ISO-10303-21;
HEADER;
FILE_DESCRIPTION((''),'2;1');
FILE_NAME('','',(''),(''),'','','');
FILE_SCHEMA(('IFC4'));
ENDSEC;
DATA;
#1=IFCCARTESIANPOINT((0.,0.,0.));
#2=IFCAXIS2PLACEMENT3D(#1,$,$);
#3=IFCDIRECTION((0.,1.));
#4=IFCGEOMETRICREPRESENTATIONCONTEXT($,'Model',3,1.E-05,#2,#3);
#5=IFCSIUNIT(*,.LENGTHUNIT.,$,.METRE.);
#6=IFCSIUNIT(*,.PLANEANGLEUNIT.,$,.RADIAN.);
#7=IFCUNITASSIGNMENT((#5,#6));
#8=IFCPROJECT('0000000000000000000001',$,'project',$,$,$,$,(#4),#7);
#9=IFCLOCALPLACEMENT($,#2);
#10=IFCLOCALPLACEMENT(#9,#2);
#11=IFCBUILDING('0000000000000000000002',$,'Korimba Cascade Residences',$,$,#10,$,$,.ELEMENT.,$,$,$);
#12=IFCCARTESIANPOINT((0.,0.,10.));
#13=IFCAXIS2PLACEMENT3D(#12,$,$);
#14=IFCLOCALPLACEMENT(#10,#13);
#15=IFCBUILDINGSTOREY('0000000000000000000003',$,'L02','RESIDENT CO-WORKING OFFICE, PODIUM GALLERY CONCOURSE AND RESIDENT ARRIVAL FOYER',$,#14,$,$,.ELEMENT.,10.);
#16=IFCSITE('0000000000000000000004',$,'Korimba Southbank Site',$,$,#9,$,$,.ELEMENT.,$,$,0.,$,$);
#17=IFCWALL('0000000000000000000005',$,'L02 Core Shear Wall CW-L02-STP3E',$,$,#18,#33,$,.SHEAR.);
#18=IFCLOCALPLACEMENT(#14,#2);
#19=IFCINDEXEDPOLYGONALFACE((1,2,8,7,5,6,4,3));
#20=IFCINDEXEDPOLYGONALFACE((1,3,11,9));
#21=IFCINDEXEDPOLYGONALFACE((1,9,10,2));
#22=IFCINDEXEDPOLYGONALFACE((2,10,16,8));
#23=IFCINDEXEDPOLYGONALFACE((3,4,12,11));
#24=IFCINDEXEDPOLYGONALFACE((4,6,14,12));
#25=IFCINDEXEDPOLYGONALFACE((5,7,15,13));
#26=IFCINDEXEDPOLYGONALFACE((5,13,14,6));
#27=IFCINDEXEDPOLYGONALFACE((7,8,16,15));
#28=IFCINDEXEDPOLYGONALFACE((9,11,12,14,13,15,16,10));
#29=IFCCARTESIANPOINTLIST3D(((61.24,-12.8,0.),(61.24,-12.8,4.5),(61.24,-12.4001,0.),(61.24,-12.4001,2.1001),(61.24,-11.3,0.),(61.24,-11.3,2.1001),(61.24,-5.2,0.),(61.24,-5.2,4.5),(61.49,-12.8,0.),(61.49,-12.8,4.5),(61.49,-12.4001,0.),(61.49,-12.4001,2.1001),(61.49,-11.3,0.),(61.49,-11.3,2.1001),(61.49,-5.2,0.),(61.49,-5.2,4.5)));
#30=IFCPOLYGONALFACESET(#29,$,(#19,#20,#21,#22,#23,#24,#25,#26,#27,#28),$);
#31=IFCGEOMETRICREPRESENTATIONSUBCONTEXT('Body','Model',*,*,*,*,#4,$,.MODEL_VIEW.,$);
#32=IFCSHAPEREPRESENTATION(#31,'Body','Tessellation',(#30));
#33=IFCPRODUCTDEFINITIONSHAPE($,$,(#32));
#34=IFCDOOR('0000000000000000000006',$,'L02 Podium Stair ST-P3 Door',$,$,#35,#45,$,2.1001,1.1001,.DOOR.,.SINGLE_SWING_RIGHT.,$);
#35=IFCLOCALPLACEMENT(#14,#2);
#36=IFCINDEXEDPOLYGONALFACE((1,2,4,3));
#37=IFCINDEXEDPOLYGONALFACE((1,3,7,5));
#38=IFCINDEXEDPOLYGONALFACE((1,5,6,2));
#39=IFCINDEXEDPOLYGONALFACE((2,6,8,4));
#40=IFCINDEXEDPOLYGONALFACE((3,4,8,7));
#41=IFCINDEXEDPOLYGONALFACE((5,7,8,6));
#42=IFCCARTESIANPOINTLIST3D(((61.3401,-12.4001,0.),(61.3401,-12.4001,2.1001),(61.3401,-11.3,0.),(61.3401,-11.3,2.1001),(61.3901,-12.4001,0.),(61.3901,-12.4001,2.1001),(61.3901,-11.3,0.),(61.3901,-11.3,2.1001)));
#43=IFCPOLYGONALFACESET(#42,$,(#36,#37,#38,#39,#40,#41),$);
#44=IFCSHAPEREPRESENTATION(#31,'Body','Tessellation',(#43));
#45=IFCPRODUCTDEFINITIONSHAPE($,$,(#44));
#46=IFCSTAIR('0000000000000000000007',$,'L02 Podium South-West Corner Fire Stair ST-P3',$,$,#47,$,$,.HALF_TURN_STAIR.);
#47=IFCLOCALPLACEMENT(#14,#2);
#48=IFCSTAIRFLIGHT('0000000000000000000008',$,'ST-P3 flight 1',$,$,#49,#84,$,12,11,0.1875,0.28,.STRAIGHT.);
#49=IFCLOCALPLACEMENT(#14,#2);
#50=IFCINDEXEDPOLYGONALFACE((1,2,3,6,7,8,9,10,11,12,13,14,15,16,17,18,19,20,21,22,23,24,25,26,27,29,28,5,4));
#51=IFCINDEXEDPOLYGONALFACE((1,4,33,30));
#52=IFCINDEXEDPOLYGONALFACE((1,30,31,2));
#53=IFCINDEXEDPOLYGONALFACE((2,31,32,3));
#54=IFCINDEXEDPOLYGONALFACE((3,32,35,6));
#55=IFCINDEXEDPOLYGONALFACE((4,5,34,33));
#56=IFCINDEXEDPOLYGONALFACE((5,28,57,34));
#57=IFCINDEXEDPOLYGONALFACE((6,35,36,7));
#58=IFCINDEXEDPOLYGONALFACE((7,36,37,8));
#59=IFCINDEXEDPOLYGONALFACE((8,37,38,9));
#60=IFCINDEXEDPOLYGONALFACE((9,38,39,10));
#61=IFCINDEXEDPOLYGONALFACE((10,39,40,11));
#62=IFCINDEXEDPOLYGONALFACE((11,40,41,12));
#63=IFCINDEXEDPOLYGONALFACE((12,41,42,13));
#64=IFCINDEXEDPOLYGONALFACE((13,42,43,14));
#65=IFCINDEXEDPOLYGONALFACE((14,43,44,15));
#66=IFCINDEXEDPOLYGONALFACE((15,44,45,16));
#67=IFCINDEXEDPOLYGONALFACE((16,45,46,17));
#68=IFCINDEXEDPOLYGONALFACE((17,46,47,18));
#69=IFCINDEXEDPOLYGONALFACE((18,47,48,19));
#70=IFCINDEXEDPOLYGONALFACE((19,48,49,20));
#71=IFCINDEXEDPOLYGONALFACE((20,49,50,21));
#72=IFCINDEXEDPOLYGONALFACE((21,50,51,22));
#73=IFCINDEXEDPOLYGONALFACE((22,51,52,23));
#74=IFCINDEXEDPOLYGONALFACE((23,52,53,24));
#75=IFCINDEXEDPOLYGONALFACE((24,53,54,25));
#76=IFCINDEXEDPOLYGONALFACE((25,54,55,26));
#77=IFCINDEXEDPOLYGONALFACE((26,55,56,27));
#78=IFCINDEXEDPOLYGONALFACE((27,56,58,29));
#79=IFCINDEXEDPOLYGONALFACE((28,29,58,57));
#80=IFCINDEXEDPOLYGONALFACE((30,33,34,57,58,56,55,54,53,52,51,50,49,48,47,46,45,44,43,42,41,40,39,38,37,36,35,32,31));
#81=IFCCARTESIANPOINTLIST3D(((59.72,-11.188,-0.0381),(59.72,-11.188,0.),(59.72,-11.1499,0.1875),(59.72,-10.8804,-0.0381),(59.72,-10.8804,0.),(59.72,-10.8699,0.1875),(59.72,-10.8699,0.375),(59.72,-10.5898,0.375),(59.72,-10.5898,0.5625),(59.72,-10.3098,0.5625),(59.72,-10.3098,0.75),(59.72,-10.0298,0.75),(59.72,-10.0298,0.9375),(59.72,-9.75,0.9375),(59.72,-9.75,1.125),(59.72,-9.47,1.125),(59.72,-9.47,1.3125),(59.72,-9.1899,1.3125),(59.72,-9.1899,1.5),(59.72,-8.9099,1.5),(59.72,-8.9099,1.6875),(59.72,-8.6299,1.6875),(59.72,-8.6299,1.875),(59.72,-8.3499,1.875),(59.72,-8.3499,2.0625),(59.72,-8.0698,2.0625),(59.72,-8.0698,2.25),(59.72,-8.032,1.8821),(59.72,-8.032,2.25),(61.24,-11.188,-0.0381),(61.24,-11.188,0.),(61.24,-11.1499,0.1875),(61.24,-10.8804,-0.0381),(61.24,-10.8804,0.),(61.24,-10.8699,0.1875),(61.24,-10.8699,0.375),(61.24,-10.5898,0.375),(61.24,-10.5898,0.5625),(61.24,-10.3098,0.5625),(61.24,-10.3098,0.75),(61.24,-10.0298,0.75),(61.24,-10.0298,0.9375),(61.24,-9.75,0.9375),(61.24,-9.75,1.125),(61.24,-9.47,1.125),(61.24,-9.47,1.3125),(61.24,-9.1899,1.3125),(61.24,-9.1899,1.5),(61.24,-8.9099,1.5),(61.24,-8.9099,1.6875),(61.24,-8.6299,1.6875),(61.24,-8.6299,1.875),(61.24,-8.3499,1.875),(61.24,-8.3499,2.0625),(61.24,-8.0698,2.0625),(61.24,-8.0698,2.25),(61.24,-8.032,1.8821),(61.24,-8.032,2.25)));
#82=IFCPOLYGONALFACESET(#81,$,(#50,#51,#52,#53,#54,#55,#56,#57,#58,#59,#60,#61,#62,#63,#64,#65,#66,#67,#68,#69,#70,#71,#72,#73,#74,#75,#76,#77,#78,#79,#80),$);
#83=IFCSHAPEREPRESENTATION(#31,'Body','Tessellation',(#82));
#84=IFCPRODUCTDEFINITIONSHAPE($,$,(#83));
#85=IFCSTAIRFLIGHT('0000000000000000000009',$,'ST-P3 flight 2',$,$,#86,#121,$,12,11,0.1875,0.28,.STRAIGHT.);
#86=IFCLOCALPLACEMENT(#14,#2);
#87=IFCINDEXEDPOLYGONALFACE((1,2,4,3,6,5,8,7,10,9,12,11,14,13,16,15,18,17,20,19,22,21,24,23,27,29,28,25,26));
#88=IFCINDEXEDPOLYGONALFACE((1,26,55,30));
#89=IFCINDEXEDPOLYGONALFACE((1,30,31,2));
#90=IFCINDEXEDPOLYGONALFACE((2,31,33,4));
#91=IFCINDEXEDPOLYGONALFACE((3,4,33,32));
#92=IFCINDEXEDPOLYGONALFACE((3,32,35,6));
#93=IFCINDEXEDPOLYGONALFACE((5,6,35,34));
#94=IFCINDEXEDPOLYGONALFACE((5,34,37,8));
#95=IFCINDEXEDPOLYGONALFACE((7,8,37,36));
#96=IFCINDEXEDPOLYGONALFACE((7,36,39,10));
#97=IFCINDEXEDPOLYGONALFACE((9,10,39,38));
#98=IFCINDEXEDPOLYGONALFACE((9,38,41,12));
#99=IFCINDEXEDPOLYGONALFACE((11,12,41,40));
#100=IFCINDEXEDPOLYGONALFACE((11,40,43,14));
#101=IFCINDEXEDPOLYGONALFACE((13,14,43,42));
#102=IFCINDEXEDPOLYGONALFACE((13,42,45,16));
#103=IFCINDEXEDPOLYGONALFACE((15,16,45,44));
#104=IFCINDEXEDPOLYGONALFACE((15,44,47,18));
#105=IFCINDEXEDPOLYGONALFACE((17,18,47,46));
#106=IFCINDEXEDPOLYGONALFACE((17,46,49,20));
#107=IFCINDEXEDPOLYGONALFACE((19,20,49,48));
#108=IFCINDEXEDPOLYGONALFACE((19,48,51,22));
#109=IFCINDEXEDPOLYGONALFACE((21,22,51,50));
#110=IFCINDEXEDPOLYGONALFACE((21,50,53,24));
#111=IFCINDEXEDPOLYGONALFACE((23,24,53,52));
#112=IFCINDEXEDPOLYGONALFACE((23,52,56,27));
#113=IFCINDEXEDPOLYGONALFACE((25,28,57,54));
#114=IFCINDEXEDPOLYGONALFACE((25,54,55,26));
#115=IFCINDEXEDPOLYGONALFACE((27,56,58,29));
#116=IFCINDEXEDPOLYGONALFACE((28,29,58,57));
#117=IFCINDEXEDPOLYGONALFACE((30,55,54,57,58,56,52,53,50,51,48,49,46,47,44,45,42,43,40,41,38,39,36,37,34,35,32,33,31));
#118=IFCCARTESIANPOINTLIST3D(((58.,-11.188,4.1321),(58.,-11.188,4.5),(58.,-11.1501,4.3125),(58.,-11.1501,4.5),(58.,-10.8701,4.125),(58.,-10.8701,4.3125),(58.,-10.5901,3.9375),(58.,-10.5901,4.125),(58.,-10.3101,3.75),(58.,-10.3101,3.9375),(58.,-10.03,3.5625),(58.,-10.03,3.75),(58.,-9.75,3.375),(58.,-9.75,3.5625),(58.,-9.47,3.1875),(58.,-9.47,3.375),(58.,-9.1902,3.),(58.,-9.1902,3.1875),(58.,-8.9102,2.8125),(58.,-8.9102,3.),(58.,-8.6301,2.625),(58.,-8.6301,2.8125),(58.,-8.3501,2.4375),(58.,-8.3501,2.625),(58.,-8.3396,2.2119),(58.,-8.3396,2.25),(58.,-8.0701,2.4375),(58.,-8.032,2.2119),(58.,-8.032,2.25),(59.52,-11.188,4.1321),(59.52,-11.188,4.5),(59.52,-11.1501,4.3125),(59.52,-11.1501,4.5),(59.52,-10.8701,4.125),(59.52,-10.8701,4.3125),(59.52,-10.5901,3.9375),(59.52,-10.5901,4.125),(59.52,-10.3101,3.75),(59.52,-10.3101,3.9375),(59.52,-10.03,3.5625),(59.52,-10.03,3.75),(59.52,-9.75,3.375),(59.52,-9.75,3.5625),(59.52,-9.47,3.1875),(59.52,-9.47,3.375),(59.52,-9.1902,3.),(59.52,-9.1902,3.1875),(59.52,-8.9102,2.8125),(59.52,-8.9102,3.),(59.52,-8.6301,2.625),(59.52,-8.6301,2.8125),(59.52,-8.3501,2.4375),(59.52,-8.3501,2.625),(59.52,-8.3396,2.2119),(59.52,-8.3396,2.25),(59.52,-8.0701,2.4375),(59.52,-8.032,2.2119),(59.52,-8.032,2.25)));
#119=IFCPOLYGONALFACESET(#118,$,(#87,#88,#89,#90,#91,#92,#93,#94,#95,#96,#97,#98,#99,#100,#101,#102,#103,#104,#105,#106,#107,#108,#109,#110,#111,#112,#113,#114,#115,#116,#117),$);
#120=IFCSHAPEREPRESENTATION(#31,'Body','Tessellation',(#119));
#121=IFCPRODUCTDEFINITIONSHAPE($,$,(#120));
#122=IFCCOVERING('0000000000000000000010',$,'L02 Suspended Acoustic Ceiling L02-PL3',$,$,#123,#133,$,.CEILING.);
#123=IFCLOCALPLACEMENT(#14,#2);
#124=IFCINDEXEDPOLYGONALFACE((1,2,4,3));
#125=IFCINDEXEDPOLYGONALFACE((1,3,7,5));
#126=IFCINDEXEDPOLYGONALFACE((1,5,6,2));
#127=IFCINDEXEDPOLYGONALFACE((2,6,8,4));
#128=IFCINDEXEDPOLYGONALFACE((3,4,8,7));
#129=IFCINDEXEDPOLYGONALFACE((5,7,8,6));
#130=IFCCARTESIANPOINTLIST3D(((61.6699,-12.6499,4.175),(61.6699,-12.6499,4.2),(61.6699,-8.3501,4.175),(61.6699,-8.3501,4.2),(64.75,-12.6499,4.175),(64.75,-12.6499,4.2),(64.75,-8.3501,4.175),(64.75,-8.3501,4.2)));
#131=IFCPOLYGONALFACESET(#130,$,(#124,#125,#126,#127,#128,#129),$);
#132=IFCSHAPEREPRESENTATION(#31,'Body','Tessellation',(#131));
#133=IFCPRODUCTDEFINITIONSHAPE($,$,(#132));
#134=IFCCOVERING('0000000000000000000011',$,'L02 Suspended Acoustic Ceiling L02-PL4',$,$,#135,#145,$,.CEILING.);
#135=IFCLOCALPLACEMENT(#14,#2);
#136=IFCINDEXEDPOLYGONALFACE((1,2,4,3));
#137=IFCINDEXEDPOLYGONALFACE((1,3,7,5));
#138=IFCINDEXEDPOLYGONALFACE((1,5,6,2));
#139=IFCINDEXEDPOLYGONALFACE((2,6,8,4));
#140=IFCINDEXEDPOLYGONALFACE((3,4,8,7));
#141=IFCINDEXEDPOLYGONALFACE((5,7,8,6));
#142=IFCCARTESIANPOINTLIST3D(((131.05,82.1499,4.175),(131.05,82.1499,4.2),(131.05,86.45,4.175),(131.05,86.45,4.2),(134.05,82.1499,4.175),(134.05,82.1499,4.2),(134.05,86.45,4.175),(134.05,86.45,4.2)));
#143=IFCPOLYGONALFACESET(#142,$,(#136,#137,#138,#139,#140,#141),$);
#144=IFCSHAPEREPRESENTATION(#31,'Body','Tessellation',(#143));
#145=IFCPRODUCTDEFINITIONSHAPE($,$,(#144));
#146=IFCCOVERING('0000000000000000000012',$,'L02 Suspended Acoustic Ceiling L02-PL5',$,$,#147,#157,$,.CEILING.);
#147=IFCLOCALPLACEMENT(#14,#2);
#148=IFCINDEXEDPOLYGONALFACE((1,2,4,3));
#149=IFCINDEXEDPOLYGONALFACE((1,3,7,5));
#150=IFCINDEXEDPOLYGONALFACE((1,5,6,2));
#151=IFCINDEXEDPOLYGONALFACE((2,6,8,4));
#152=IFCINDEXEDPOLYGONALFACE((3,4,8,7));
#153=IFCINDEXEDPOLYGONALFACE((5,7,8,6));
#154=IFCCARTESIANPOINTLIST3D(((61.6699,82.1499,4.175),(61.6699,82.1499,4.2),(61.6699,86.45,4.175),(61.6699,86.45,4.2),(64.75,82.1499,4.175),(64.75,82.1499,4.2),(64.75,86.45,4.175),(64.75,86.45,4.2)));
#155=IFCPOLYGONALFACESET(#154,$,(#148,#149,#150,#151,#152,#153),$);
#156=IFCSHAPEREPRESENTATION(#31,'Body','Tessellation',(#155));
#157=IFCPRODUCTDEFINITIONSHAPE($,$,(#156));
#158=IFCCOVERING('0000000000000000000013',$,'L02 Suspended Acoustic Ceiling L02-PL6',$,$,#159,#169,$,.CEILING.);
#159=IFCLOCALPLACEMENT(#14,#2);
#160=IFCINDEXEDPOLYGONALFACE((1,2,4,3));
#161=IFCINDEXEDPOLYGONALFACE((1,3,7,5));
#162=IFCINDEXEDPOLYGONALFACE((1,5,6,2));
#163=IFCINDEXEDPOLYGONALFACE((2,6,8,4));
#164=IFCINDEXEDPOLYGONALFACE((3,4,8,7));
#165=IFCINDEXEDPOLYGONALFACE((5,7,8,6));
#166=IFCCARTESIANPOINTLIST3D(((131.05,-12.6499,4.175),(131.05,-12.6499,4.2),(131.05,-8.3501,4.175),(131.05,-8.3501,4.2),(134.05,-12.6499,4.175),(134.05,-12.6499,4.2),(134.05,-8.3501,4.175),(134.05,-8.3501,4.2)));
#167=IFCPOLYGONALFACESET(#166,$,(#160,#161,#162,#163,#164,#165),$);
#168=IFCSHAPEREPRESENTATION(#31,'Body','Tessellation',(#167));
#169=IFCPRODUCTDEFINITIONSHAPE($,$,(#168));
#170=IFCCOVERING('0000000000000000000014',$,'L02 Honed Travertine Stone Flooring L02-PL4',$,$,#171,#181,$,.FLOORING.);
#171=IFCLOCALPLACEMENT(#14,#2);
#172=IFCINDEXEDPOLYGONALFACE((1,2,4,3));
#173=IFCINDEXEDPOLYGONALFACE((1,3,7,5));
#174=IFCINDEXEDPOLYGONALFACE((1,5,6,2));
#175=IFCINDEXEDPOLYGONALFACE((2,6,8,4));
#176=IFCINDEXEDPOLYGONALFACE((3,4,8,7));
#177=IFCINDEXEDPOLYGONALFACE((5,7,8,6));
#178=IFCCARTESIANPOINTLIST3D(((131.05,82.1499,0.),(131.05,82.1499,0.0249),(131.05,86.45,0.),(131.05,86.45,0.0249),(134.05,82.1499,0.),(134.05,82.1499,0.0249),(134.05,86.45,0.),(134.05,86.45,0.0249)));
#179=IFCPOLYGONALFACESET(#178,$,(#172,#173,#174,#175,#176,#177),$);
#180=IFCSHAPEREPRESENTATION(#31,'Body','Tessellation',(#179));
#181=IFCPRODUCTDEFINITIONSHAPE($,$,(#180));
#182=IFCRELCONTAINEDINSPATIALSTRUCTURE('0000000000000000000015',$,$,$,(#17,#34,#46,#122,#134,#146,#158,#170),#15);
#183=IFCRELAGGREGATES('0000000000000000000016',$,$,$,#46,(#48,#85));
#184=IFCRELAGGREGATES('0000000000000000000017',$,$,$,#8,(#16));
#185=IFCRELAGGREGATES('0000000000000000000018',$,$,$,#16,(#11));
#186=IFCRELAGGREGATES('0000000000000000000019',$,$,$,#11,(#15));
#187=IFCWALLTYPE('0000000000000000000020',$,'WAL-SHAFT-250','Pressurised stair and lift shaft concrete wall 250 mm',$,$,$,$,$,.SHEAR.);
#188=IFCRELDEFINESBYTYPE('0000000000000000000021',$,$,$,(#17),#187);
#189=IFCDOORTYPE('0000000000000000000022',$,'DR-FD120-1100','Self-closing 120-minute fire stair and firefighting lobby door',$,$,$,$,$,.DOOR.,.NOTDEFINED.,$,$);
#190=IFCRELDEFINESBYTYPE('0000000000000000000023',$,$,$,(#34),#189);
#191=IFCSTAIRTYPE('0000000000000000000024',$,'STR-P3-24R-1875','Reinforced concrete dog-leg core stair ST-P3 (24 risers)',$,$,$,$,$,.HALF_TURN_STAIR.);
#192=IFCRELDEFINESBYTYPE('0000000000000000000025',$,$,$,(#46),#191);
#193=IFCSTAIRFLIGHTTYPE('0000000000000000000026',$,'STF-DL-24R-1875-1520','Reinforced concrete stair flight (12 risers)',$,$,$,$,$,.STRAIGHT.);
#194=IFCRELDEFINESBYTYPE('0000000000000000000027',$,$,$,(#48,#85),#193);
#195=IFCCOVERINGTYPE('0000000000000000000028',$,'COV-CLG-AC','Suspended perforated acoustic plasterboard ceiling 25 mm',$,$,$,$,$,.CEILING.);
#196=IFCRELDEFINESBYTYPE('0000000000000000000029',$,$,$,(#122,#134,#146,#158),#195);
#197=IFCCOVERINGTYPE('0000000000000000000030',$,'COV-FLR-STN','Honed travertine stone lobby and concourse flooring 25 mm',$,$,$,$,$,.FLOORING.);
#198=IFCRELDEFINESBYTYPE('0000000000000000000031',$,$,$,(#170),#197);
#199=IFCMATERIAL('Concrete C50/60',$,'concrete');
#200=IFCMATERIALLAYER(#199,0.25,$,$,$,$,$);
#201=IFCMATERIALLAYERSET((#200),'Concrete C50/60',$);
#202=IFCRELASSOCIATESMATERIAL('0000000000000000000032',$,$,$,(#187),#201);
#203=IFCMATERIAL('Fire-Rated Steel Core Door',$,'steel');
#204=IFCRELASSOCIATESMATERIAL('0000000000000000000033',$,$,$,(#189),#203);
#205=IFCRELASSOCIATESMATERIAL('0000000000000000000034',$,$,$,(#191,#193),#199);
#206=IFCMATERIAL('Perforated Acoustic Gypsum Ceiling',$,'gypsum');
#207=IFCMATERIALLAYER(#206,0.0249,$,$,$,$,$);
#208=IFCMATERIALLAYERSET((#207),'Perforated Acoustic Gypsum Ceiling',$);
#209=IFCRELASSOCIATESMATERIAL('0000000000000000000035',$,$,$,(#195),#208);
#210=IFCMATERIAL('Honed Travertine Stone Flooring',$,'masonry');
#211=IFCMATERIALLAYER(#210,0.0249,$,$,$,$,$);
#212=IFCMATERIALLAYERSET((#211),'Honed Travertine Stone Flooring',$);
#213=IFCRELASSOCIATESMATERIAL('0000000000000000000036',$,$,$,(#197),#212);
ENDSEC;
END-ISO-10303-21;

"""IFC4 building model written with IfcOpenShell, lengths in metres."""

from ifc_helpers import new_model, si_unit, direction, frame, frame_2d, origin, place, context, subcontext, project, spatial, polyline, rectangle, outline, extrude, material, layer, layer_set, type_object, element, fill, aggregate, save


model = new_model("IFC4")

# Units and contexts
model_context = context("Model", 3, precision=1e-05, world=origin(), true_north=direction((0.0, 1.0)))
body_context = subcontext(model_context, "Body", "Model", "MODEL_VIEW")
ifc_project = project(units=[si_unit("LENGTHUNIT", "METRE"), si_unit("PLANEANGLEUNIT", "RADIAN")], contexts=[model_context])

# Site, building, storey
site_placement = place(None, origin())
site = spatial("IfcSite", under=ifc_project, at=site_placement, Name="Korimba Southbank Site", CompositionType="ELEMENT", RefElevation=0.0)
building_placement = place(site_placement, origin())
building = spatial("IfcBuilding", under=site, at=building_placement, Name="Korimba Cascade Residences", CompositionType="ELEMENT")
storey_placement = place(building_placement, frame((0.0, 0.0, 10.0)))
storey = spatial("IfcBuildingStorey", under=building, at=storey_placement, Name="L02", Description="RESIDENT CO-WORKING OFFICE, PODIUM GALLERY CONCOURSE AND RESIDENT ARRIVAL FOYER", CompositionType="ELEMENT", Elevation=10.0)

# Shared definitions
ifc_material_1 = material(Name="Concrete C50/60", Category="concrete")
ifc_layer_1 = layer(ifc_material_1, 0.25)
ifc_layer_set_1 = layer_set([ifc_layer_1], Name="Concrete C50/60")
wall_type_1 = type_object("IfcWallType", Name="WAL-SHAFT-250", Description="Pressurised stair and lift shaft concrete wall 250 mm", PredefinedType="SHEAR", material=ifc_layer_set_1)

# Wall, opening, door
wall_1_placement = place(storey_placement, frame((61.365, -12.8, 0.0), z_axis=(0.0, 0.0, 1.0), x_axis=(0.0, 1.0, 0.0)))
wall_1 = element("IfcWall", 1, at=wall_1_placement, inside=storey, type_object=wall_type_1, Name="L02 Core Shear Wall CW-L02-STP3E", PredefinedType="SHEAR", context=body_context, shape_type="SweptSolid", body=[
    extrude(rectangle(XDim=7.6001, YDim=0.25, at=frame_2d((3.8, 0.0))), origin(), (0.0, 0.0, 1.0), 4.5),
])
opening_1_placement = place(wall_1_placement, frame((0.3999, 0.0, 0.0)))
opening_1 = element("IfcOpeningElement", 2, at=opening_1_placement, cuts=wall_1, PredefinedType="OPENING", context=body_context, shape_type="SweptSolid", body=[
    extrude(rectangle(XDim=1.1001, YDim=2.1001, at=frame_2d((0.55, 1.05))), frame((0.0, 0.135, 0.0), z_axis=(0.0, -1.0, 0.0), x_axis=(1.0, 0.0, 0.0)), (0.0, 0.0, 1.0), 0.27),
])
ifc_material_2 = material(Name="Fire-Rated Steel Core Door", Category="steel")
door_type_1 = type_object("IfcDoorType", Name="DR-FD120-1100", Description="Self-closing 120-minute fire stair and firefighting lobby door", OperationType="NOTDEFINED", PredefinedType="DOOR", material=ifc_material_2)
door_1_placement = place(opening_1_placement, origin())
door_1 = element("IfcDoor", 3, at=door_1_placement, inside=storey, type_object=door_type_1, Name="L02 Podium Stair ST-P3 Door", OperationType="SINGLE_SWING_RIGHT", OverallHeight=2.1001, OverallWidth=1.1001, PredefinedType="DOOR", context=body_context, shape_type="SweptSolid", body=[
    extrude(rectangle(XDim=1.1001, YDim=2.1001, at=frame_2d((0.55, 1.05))), frame((0.0, 0.0249, 0.0), z_axis=(0.0, -1.0, 0.0), x_axis=(1.0, 0.0, 0.0)), (0.0, 0.0, 1.0), 0.05),
])
fill(opening_1, door_1)

# Stair, stair flights
stair_type = type_object("IfcStairType", Name="STR-P3-24R-1875", Description="Reinforced concrete dog-leg core stair ST-P3 (24 risers)", PredefinedType="HALF_TURN_STAIR", material=ifc_material_1)
stair_placement = place(storey_placement, origin())
stair = element("IfcStair", 4, at=stair_placement, inside=storey, type_object=stair_type, Name="L02 Podium South-West Corner Fire Stair ST-P3", PredefinedType="HALF_TURN_STAIR")
stair_flight_type = type_object("IfcStairFlightType", Name="STF-DL-24R-1875-1520", Description="Reinforced concrete stair flight (12 risers)", PredefinedType="STRAIGHT", material=ifc_material_1)
stair_flight_1_placement = place(storey_placement, frame((60.48, -11.1499, 0.0), z_axis=(0.0, 0.0, 1.0), x_axis=(0.0, 1.0, 0.0)))
stair_flight_1 = element("IfcStairFlight", 5, at=stair_flight_1_placement, type_object=stair_flight_type, Name="ST-P3 flight 1", NumberOfRisers=12, NumberOfTreads=11, PredefinedType="STRAIGHT", RiserHeight=0.1875, TreadLength=0.28, context=body_context, shape_type="SweptSolid", body=[
    extrude(outline(polyline([(-0.0381, 0.0), (0.0, 0.1875), (0.28, 0.1875), (0.28, 0.375), (0.5601, 0.375), (0.5601, 0.5625), (0.8401, 0.5625), (0.8401, 0.75), (1.1201, 0.75), (1.1201, 0.9375), (1.3999, 0.9375), (1.3999, 1.125), (1.6799, 1.125), (1.6799, 1.3125), (1.96, 1.3125), (1.96, 1.5), (2.24, 1.5), (2.24, 1.6875), (2.52, 1.6875), (2.52, 1.875), (2.8, 1.875), (2.8, 2.0625), (3.0801, 2.0625), (3.0801, 2.25), (3.1179, 2.25), (3.1179, 1.8821), (0.2695, 0.0), (0.2695, -0.0381), (-0.0381, -0.0381), (-0.0381, 0.0)])), frame((0.0, 0.76, 0.0), z_axis=(0.0, -1.0, 0.0), x_axis=(1.0, 0.0, 0.0)), (0.0, 0.0, 1.0), 1.52),
])
stair_flight_2_placement = place(storey_placement, frame((58.76, -8.0701, 2.25), z_axis=(0.0, 0.0, 1.0), x_axis=(0.0, -1.0, 0.0)))
stair_flight_2 = element("IfcStairFlight", 6, at=stair_flight_2_placement, type_object=stair_flight_type, Name="ST-P3 flight 2", NumberOfRisers=12, NumberOfTreads=11, PredefinedType="STRAIGHT", RiserHeight=0.1875, TreadLength=0.28, context=body_context, shape_type="SweptSolid", body=[
    extrude(outline(polyline([(-0.0381, 0.0), (0.0, 0.1875), (0.28, 0.1875), (0.28, 0.375), (0.5601, 0.375), (0.5601, 0.5625), (0.8401, 0.5625), (0.8401, 0.75), (1.1201, 0.75), (1.1201, 0.9375), (1.3999, 0.9375), (1.3999, 1.125), (1.6799, 1.125), (1.6799, 1.3125), (1.96, 1.3125), (1.96, 1.5), (2.24, 1.5), (2.24, 1.6875), (2.52, 1.6875), (2.52, 1.875), (2.8, 1.875), (2.8, 2.0625), (3.0801, 2.0625), (3.0801, 2.25), (3.1179, 2.25), (3.1179, 1.8821), (0.2695, 0.0), (0.2695, -0.0381), (-0.0381, -0.0381), (-0.0381, 0.0)])), frame((0.0, 0.76, 0.0), z_axis=(0.0, -1.0, 0.0), x_axis=(1.0, 0.0, 0.0)), (0.0, 0.0, 1.0), 1.52),
])
aggregate(stair, [stair_flight_1, stair_flight_2])

# Coverings
ifc_material_3 = material(Name="Perforated Acoustic Gypsum Ceiling", Category="gypsum")
ifc_layer_2 = layer(ifc_material_3, 0.0249)
ifc_layer_set_2 = layer_set([ifc_layer_2], Name="Perforated Acoustic Gypsum Ceiling")
covering_type_1 = type_object("IfcCoveringType", Name="COV-CLG-AC", Description="Suspended perforated acoustic plasterboard ceiling 25 mm", PredefinedType="CEILING", material=ifc_layer_set_2)
covering_1_placement = place(storey_placement, frame((0.0, 0.0, 4.175)))
element("IfcCovering", 7, at=covering_1_placement, inside=storey, type_object=covering_type_1, Name="L02 Suspended Acoustic Ceiling L02-PL3", PredefinedType="CEILING", context=body_context, shape_type="SweptSolid", body=[
    extrude(outline(polyline([(61.6699, -12.6499), (64.75, -12.6499), (64.75, -8.3501), (61.6699, -8.3501), (61.6699, -12.6499)])), origin(), (0.0, 0.0, 1.0), 0.0249),
])
covering_2_placement = place(storey_placement, frame((0.0, 0.0, 4.175)))
element("IfcCovering", 8, at=covering_2_placement, inside=storey, type_object=covering_type_1, Name="L02 Suspended Acoustic Ceiling L02-PL4", PredefinedType="CEILING", context=body_context, shape_type="SweptSolid", body=[
    extrude(outline(polyline([(131.05, 82.1499), (134.05, 82.1499), (134.05, 86.45), (131.05, 86.45), (131.05, 82.1499)])), origin(), (0.0, 0.0, 1.0), 0.0249),
])
covering_3_placement = place(storey_placement, frame((0.0, 0.0, 4.175)))
element("IfcCovering", 9, at=covering_3_placement, inside=storey, type_object=covering_type_1, Name="L02 Suspended Acoustic Ceiling L02-PL5", PredefinedType="CEILING", context=body_context, shape_type="SweptSolid", body=[
    extrude(outline(polyline([(61.6699, 82.1499), (64.75, 82.1499), (64.75, 86.45), (61.6699, 86.45), (61.6699, 82.1499)])), origin(), (0.0, 0.0, 1.0), 0.0249),
])
covering_4_placement = place(storey_placement, frame((0.0, 0.0, 4.175)))
element("IfcCovering", 10, at=covering_4_placement, inside=storey, type_object=covering_type_1, Name="L02 Suspended Acoustic Ceiling L02-PL6", PredefinedType="CEILING", context=body_context, shape_type="SweptSolid", body=[
    extrude(outline(polyline([(131.05, -12.6499), (134.05, -12.6499), (134.05, -8.3501), (131.05, -8.3501), (131.05, -12.6499)])), origin(), (0.0, 0.0, 1.0), 0.0249),
])
ifc_material_4 = material(Name="Honed Travertine Stone Flooring", Category="masonry")
ifc_layer_3 = layer(ifc_material_4, 0.0249)
ifc_layer_set_3 = layer_set([ifc_layer_3], Name="Honed Travertine Stone Flooring")
covering_type_2 = type_object("IfcCoveringType", Name="COV-FLR-STN", Description="Honed travertine stone lobby and concourse flooring 25 mm", PredefinedType="FLOORING", material=ifc_layer_set_3)
covering_5_placement = place(storey_placement, origin())
element("IfcCovering", 11, at=covering_5_placement, inside=storey, type_object=covering_type_2, Name="L02 Honed Travertine Stone Flooring L02-PL4", PredefinedType="FLOORING", context=body_context, shape_type="SweptSolid", body=[
    extrude(outline(polyline([(131.05, 82.1499), (134.05, 82.1499), (134.05, 86.45), (131.05, 86.45), (131.05, 82.1499)])), origin(), (0.0, 0.0, 1.0), 0.0249),
])

save(model, "model.ifc")
